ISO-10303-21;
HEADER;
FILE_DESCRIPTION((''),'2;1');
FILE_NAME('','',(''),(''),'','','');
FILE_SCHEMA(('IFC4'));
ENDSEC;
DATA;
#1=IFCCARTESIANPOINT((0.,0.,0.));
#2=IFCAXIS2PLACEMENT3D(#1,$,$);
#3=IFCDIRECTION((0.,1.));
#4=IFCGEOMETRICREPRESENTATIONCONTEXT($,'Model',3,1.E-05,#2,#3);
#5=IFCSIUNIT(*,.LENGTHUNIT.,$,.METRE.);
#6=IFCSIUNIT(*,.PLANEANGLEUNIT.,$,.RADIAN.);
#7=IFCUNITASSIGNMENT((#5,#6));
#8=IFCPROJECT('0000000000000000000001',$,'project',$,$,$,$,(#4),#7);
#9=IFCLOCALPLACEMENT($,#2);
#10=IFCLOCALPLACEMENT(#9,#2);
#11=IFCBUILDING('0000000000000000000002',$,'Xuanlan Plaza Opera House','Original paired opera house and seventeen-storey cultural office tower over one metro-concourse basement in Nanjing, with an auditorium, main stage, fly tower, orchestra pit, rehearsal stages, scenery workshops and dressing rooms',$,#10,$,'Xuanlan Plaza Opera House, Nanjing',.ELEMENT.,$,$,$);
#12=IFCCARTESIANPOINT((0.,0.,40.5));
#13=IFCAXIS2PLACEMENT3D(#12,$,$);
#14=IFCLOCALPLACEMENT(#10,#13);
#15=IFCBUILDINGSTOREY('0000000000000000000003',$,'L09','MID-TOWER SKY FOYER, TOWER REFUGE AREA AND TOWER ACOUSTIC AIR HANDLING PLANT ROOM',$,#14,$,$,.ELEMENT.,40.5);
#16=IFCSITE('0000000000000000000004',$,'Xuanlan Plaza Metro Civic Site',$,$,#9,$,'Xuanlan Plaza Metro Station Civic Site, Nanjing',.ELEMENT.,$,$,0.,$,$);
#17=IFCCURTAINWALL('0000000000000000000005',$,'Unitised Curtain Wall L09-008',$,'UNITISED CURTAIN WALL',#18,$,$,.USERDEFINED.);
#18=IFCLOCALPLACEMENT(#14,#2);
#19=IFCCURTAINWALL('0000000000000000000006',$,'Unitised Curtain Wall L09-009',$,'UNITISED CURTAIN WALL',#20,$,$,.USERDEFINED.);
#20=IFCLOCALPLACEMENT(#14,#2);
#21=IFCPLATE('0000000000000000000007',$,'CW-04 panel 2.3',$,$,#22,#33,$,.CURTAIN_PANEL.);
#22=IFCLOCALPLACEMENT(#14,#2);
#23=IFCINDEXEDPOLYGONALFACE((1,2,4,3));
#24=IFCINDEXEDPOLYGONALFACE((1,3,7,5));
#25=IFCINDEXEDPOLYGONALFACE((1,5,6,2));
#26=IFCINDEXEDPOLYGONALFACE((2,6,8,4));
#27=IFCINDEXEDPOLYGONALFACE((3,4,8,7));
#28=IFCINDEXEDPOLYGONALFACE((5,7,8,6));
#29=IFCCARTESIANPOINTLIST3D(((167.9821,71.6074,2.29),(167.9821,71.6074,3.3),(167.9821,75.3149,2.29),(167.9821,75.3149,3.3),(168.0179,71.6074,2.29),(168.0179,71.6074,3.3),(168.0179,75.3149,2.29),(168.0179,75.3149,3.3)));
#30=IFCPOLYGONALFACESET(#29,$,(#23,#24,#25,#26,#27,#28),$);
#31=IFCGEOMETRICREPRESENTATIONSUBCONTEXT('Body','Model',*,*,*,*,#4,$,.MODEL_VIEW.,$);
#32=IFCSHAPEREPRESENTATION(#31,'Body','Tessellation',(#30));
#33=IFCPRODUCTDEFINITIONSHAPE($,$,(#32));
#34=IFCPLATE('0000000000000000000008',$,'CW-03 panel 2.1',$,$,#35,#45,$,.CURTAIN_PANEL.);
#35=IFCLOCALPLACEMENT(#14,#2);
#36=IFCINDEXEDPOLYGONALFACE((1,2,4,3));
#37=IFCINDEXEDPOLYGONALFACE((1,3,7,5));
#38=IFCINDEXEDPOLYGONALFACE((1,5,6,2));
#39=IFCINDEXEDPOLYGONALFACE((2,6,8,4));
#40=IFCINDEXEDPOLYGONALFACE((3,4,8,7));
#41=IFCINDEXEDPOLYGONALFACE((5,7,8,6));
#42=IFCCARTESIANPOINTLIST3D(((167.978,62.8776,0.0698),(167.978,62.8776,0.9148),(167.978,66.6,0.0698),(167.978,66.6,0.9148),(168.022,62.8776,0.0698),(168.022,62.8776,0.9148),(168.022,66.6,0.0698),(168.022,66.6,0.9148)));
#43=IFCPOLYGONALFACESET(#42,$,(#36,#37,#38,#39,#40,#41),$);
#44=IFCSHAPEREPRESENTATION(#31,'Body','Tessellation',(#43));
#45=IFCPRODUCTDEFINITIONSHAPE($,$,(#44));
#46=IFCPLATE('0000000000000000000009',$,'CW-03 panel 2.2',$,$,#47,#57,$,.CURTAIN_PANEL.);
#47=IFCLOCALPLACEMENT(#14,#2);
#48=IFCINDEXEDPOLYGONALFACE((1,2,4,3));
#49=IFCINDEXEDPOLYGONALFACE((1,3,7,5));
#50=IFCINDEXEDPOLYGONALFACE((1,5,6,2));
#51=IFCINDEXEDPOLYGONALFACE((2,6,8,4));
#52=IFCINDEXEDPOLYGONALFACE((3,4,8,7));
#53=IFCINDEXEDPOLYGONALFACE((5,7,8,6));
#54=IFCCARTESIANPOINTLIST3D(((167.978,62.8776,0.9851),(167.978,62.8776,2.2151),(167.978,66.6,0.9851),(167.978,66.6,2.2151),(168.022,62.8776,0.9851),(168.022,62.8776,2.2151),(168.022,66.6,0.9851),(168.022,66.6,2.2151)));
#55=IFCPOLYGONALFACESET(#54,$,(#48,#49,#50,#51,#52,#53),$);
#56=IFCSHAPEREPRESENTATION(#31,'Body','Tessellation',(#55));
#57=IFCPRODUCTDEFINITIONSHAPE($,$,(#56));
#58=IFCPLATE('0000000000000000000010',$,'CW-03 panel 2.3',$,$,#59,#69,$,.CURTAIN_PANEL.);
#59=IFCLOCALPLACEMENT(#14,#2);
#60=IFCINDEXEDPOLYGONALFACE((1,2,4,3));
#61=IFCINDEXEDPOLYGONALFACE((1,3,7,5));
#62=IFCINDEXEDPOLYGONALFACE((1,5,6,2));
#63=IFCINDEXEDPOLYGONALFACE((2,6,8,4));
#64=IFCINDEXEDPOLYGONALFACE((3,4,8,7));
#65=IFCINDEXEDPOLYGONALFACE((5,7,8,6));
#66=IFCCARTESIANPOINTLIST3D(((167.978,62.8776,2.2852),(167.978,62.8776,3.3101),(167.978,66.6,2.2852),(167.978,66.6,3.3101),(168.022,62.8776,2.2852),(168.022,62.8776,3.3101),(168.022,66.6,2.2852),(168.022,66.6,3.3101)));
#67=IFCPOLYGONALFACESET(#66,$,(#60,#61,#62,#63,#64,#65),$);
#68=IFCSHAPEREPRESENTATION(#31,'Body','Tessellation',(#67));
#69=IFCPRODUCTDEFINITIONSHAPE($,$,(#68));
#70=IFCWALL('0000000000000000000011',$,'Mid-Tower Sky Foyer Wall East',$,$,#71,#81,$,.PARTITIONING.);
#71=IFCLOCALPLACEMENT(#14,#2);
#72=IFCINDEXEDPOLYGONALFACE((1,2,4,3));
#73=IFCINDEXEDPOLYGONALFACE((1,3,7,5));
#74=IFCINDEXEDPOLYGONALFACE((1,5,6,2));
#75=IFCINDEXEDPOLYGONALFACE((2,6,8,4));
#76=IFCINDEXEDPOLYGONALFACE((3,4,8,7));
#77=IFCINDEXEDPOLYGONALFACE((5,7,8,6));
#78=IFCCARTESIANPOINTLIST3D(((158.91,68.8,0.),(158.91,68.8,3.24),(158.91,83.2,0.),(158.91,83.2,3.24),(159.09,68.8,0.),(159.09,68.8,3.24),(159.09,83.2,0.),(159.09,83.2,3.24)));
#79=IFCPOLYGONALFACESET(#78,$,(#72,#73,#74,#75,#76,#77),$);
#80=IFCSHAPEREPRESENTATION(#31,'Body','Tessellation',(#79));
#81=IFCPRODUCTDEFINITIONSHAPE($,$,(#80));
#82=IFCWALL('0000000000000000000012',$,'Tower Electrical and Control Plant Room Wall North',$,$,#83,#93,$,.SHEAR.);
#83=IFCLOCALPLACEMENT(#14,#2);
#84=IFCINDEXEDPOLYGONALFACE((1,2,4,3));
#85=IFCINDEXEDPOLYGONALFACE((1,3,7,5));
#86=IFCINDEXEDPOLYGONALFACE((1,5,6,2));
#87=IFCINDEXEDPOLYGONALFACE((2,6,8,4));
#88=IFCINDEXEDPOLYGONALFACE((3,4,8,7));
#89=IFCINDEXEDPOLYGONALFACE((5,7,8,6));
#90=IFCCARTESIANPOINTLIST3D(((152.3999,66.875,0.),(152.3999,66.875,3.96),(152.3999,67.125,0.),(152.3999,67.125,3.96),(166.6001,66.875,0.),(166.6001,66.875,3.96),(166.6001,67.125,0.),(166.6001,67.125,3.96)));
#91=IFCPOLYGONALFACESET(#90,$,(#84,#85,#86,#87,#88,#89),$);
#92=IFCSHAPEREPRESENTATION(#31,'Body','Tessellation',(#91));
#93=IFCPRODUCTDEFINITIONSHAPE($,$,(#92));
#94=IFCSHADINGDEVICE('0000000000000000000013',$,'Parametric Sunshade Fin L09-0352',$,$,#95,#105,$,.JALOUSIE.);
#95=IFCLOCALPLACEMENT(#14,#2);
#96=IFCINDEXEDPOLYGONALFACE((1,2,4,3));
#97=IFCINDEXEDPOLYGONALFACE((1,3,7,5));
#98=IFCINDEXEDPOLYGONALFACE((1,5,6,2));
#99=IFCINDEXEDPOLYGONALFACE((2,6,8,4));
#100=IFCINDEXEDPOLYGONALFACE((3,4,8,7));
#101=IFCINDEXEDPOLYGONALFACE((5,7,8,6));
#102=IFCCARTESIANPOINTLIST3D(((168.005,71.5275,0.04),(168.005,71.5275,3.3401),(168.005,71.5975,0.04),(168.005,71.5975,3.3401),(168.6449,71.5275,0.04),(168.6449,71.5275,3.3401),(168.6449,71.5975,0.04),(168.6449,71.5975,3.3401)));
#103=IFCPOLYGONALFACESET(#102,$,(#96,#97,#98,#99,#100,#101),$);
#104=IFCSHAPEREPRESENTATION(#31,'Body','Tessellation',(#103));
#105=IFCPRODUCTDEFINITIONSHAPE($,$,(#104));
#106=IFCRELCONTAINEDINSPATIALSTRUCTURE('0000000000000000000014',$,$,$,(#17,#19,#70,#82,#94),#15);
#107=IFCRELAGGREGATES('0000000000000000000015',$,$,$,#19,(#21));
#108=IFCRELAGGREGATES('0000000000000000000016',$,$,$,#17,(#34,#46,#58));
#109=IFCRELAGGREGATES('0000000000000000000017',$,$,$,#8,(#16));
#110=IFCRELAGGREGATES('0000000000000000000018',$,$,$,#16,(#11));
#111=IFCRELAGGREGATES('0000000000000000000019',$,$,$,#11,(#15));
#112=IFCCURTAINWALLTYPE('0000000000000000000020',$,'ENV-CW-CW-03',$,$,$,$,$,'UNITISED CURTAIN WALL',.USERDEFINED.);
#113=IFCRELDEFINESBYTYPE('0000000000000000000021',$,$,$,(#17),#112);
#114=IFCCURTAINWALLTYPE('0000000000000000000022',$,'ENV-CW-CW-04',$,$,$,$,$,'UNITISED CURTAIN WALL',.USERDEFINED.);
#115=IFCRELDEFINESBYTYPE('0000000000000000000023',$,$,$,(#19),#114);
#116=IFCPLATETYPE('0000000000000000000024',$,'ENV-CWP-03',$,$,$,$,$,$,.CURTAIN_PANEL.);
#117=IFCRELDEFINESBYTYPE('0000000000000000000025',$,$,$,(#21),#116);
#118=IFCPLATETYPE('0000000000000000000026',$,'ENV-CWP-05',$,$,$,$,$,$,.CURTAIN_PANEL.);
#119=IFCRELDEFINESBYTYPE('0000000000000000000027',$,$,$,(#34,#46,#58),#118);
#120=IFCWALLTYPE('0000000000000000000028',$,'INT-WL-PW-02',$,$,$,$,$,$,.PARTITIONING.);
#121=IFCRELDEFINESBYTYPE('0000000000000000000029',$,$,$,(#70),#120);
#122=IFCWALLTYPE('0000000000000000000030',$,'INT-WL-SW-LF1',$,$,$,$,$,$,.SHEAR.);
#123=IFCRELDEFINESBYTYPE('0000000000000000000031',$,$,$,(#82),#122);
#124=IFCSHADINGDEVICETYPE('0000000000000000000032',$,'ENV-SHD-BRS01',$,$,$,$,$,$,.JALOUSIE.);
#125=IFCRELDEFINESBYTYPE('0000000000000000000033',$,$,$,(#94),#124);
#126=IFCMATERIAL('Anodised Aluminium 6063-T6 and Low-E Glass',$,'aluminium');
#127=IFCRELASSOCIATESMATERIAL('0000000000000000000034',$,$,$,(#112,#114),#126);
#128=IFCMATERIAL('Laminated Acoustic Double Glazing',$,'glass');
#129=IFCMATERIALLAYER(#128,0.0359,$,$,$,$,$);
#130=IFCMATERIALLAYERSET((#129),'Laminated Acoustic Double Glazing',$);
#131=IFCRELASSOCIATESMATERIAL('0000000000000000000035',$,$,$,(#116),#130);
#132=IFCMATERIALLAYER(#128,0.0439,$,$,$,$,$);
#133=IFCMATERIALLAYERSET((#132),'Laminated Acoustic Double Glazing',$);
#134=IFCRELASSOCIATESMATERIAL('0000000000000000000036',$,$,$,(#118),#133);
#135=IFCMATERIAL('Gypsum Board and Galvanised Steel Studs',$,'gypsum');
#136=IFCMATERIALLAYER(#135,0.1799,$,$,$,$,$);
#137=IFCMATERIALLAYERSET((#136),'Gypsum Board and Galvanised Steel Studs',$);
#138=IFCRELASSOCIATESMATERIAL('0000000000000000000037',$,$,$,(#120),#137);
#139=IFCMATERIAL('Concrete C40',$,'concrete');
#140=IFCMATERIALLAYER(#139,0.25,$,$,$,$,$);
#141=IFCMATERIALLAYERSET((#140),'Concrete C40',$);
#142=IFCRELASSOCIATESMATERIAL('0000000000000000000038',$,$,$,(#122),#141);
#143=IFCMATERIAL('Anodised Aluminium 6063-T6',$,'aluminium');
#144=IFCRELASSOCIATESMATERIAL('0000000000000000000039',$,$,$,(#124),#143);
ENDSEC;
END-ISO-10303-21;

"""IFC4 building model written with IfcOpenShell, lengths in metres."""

from ifc_helpers import new_model, si_unit, direction, frame, frame_2d, origin, origin_2d, place, context, subcontext, project, spatial, rectangle, extrude, material, layer, layer_set, type_object, element, aggregate, save


model = new_model("IFC4")

# Units and contexts
model_context = context("Model", 3, precision=1e-05, world=origin(), true_north=direction((0.0, 1.0)))
body_context = subcontext(model_context, "Body", "Model", "MODEL_VIEW")
ifc_project = project(units=[si_unit("LENGTHUNIT", "METRE"), si_unit("PLANEANGLEUNIT", "RADIAN")], contexts=[model_context])

# Site, building, storey
site_placement = place(None, origin())
site = spatial("IfcSite", under=ifc_project, at=site_placement, Name="Xuanlan Plaza Metro Civic Site", LongName="Xuanlan Plaza Metro Station Civic Site, Nanjing", CompositionType="ELEMENT", RefElevation=0.0)
building_placement = place(site_placement, origin())
building = spatial("IfcBuilding", under=site, at=building_placement, Name="Xuanlan Plaza Opera House", Description="Original paired opera house and seventeen-storey cultural office tower over one metro-concourse basement in Nanjing, with an auditorium, main stage, fly tower, orchestra pit, rehearsal stages, scenery workshops and dressing rooms", LongName="Xuanlan Plaza Opera House, Nanjing", CompositionType="ELEMENT")
storey_placement = place(building_placement, frame((0.0, 0.0, 40.5)))
storey = spatial("IfcBuildingStorey", under=building, at=storey_placement, Name="L09", Description="MID-TOWER SKY FOYER, TOWER REFUGE AREA AND TOWER ACOUSTIC AIR HANDLING PLANT ROOM", CompositionType="ELEMENT", Elevation=40.5)

# Curtain wall
ifc_material_1 = material(Name="Anodised Aluminium 6063-T6 and Low-E Glass", Category="aluminium")
curtain_wall_type_1 = type_object("IfcCurtainWallType", Name="ENV-CW-CW-03", ElementType="UNITISED CURTAIN WALL", PredefinedType="USERDEFINED", material=ifc_material_1)
curtain_wall_1_placement = place(storey_placement, origin())
curtain_wall_1 = element("IfcCurtainWall", 1, at=curtain_wall_1_placement, inside=storey, type_object=curtain_wall_type_1, Name="Unitised Curtain Wall L09-008", ObjectType="UNITISED CURTAIN WALL", PredefinedType="USERDEFINED")
ifc_material_2 = material(Name="Anodised Aluminium 6063-T6", Category="aluminium")

# Curtain wall
curtain_wall_type_2 = type_object("IfcCurtainWallType", Name="ENV-CW-CW-04", ElementType="UNITISED CURTAIN WALL", PredefinedType="USERDEFINED", material=ifc_material_1)
curtain_wall_2_placement = place(storey_placement, origin())
curtain_wall_2 = element("IfcCurtainWall", 2, at=curtain_wall_2_placement, inside=storey, type_object=curtain_wall_type_2, Name="Unitised Curtain Wall L09-009", ObjectType="UNITISED CURTAIN WALL", PredefinedType="USERDEFINED")

# Shared definitions
ifc_material_3 = material(Name="Concrete C40", Category="concrete")

# Plates
ifc_material_4 = material(Name="Laminated Acoustic Double Glazing", Category="glass")
ifc_layer_1 = layer(ifc_material_4, 0.0359)
ifc_layer_set_1 = layer_set([ifc_layer_1], Name="Laminated Acoustic Double Glazing")
plate_type_1 = type_object("IfcPlateType", Name="ENV-CWP-03", PredefinedType="CURTAIN_PANEL", material=ifc_layer_set_1)
plate_1_placement = place(storey_placement, frame((168.0, 73.4612, 2.29), z_axis=(0.0, 0.0, 1.0), x_axis=(0.0, 1.0, 0.0)))
plate_1 = element("IfcPlate", 3, at=plate_1_placement, type_object=plate_type_1, Name="CW-04 panel 2.3", PredefinedType="CURTAIN_PANEL", context=body_context, shape_type="SweptSolid", body=[
    extrude(rectangle(XDim=3.7075, YDim=0.0359, at=origin_2d()), origin(), (0.0, 0.0, 1.0), 1.01),
])
aggregate(curtain_wall_2, [plate_1])
ifc_layer_2 = layer(ifc_material_4, 0.0439)
ifc_layer_set_2 = layer_set([ifc_layer_2], Name="Laminated Acoustic Double Glazing")
plate_type_2 = type_object("IfcPlateType", Name="ENV-CWP-05", PredefinedType="CURTAIN_PANEL", material=ifc_layer_set_2)
plate_2_placement = place(storey_placement, frame((168.0, 64.7388, 0.0698), z_axis=(0.0, 0.0, 1.0), x_axis=(0.0, 1.0, 0.0)))
plate_2 = element("IfcPlate", 4, at=plate_2_placement, type_object=plate_type_2, Name="CW-03 panel 2.1", PredefinedType="CURTAIN_PANEL", context=body_context, shape_type="SweptSolid", body=[
    extrude(rectangle(XDim=3.7224, YDim=0.0439, at=origin_2d()), origin(), (0.0, 0.0, 1.0), 0.845),
])
plate_3_placement = place(storey_placement, frame((168.0, 64.7388, 0.9851), z_axis=(0.0, 0.0, 1.0), x_axis=(0.0, 1.0, 0.0)))
plate_3 = element("IfcPlate", 5, at=plate_3_placement, type_object=plate_type_2, Name="CW-03 panel 2.2", PredefinedType="CURTAIN_PANEL", context=body_context, shape_type="SweptSolid", body=[
    extrude(rectangle(XDim=3.7224, YDim=0.0439, at=origin_2d()), origin(), (0.0, 0.0, 1.0), 1.23),
])
plate_4_placement = place(storey_placement, frame((168.0, 64.7388, 2.2852), z_axis=(0.0, 0.0, 1.0), x_axis=(0.0, 1.0, 0.0)))
plate_4 = element("IfcPlate", 6, at=plate_4_placement, type_object=plate_type_2, Name="CW-03 panel 2.3", PredefinedType="CURTAIN_PANEL", context=body_context, shape_type="SweptSolid", body=[
    extrude(rectangle(XDim=3.7224, YDim=0.0439, at=origin_2d()), origin(), (0.0, 0.0, 1.0), 1.0249),
])
aggregate(curtain_wall_1, [plate_2, plate_3, plate_4])

# Walls
ifc_material_5 = material(Name="Gypsum Board and Galvanised Steel Studs", Category="gypsum")
ifc_layer_3 = layer(ifc_material_5, 0.1799)
ifc_layer_set_3 = layer_set([ifc_layer_3], Name="Gypsum Board and Galvanised Steel Studs")
wall_type_1 = type_object("IfcWallType", Name="INT-WL-PW-02", PredefinedType="PARTITIONING", material=ifc_layer_set_3)
wall_1_placement = place(storey_placement, frame((159.0, 68.8, 0.0), z_axis=(0.0, 0.0, 1.0), x_axis=(0.0, 1.0, 0.0)))
element("IfcWall", 7, at=wall_1_placement, inside=storey, type_object=wall_type_1, Name="Mid-Tower Sky Foyer Wall East", PredefinedType="PARTITIONING", context=body_context, shape_type="SweptSolid", body=[
    extrude(rectangle(XDim=14.3999, YDim=0.1799, at=frame_2d((7.2, 0.0))), origin(), (0.0, 0.0, 1.0), 3.24),
])
ifc_layer_4 = layer(ifc_material_3, 0.25)
ifc_layer_set_4 = layer_set([ifc_layer_4], Name="Concrete C40")
wall_type_2 = type_object("IfcWallType", Name="INT-WL-SW-LF1", PredefinedType="SHEAR", material=ifc_layer_set_4)
wall_2_placement = place(storey_placement, frame((152.3999, 67.0, 0.0), z_axis=(0.0, 0.0, 1.0), x_axis=(1.0, 0.0, 0.0)))
element("IfcWall", 8, at=wall_2_placement, inside=storey, type_object=wall_type_2, Name="Tower Electrical and Control Plant Room Wall North", PredefinedType="SHEAR", context=body_context, shape_type="SweptSolid", body=[
    extrude(rectangle(XDim=14.2002, YDim=0.25, at=frame_2d((7.1001, 0.0))), origin(), (0.0, 0.0, 1.0), 3.96),
])

# Shading device
shading_device_type = type_object("IfcShadingDeviceType", Name="ENV-SHD-BRS01", PredefinedType="JALOUSIE", material=ifc_material_2)
shading_device_placement = place(storey_placement, frame((168.325, 71.5625, 0.04), z_axis=(0.0, 0.0, 1.0), x_axis=(1.0, 0.0, 0.0)))
element("IfcShadingDevice", 9, at=shading_device_placement, inside=storey, type_object=shading_device_type, Name="Parametric Sunshade Fin L09-0352", PredefinedType="JALOUSIE", context=body_context, shape_type="SweptSolid", body=[
    extrude(rectangle(XDim=0.6399, YDim=0.0701, at=origin_2d()), origin(), (0.0, 0.0, 1.0), 3.3),
])

save(model, "model.ifc")
